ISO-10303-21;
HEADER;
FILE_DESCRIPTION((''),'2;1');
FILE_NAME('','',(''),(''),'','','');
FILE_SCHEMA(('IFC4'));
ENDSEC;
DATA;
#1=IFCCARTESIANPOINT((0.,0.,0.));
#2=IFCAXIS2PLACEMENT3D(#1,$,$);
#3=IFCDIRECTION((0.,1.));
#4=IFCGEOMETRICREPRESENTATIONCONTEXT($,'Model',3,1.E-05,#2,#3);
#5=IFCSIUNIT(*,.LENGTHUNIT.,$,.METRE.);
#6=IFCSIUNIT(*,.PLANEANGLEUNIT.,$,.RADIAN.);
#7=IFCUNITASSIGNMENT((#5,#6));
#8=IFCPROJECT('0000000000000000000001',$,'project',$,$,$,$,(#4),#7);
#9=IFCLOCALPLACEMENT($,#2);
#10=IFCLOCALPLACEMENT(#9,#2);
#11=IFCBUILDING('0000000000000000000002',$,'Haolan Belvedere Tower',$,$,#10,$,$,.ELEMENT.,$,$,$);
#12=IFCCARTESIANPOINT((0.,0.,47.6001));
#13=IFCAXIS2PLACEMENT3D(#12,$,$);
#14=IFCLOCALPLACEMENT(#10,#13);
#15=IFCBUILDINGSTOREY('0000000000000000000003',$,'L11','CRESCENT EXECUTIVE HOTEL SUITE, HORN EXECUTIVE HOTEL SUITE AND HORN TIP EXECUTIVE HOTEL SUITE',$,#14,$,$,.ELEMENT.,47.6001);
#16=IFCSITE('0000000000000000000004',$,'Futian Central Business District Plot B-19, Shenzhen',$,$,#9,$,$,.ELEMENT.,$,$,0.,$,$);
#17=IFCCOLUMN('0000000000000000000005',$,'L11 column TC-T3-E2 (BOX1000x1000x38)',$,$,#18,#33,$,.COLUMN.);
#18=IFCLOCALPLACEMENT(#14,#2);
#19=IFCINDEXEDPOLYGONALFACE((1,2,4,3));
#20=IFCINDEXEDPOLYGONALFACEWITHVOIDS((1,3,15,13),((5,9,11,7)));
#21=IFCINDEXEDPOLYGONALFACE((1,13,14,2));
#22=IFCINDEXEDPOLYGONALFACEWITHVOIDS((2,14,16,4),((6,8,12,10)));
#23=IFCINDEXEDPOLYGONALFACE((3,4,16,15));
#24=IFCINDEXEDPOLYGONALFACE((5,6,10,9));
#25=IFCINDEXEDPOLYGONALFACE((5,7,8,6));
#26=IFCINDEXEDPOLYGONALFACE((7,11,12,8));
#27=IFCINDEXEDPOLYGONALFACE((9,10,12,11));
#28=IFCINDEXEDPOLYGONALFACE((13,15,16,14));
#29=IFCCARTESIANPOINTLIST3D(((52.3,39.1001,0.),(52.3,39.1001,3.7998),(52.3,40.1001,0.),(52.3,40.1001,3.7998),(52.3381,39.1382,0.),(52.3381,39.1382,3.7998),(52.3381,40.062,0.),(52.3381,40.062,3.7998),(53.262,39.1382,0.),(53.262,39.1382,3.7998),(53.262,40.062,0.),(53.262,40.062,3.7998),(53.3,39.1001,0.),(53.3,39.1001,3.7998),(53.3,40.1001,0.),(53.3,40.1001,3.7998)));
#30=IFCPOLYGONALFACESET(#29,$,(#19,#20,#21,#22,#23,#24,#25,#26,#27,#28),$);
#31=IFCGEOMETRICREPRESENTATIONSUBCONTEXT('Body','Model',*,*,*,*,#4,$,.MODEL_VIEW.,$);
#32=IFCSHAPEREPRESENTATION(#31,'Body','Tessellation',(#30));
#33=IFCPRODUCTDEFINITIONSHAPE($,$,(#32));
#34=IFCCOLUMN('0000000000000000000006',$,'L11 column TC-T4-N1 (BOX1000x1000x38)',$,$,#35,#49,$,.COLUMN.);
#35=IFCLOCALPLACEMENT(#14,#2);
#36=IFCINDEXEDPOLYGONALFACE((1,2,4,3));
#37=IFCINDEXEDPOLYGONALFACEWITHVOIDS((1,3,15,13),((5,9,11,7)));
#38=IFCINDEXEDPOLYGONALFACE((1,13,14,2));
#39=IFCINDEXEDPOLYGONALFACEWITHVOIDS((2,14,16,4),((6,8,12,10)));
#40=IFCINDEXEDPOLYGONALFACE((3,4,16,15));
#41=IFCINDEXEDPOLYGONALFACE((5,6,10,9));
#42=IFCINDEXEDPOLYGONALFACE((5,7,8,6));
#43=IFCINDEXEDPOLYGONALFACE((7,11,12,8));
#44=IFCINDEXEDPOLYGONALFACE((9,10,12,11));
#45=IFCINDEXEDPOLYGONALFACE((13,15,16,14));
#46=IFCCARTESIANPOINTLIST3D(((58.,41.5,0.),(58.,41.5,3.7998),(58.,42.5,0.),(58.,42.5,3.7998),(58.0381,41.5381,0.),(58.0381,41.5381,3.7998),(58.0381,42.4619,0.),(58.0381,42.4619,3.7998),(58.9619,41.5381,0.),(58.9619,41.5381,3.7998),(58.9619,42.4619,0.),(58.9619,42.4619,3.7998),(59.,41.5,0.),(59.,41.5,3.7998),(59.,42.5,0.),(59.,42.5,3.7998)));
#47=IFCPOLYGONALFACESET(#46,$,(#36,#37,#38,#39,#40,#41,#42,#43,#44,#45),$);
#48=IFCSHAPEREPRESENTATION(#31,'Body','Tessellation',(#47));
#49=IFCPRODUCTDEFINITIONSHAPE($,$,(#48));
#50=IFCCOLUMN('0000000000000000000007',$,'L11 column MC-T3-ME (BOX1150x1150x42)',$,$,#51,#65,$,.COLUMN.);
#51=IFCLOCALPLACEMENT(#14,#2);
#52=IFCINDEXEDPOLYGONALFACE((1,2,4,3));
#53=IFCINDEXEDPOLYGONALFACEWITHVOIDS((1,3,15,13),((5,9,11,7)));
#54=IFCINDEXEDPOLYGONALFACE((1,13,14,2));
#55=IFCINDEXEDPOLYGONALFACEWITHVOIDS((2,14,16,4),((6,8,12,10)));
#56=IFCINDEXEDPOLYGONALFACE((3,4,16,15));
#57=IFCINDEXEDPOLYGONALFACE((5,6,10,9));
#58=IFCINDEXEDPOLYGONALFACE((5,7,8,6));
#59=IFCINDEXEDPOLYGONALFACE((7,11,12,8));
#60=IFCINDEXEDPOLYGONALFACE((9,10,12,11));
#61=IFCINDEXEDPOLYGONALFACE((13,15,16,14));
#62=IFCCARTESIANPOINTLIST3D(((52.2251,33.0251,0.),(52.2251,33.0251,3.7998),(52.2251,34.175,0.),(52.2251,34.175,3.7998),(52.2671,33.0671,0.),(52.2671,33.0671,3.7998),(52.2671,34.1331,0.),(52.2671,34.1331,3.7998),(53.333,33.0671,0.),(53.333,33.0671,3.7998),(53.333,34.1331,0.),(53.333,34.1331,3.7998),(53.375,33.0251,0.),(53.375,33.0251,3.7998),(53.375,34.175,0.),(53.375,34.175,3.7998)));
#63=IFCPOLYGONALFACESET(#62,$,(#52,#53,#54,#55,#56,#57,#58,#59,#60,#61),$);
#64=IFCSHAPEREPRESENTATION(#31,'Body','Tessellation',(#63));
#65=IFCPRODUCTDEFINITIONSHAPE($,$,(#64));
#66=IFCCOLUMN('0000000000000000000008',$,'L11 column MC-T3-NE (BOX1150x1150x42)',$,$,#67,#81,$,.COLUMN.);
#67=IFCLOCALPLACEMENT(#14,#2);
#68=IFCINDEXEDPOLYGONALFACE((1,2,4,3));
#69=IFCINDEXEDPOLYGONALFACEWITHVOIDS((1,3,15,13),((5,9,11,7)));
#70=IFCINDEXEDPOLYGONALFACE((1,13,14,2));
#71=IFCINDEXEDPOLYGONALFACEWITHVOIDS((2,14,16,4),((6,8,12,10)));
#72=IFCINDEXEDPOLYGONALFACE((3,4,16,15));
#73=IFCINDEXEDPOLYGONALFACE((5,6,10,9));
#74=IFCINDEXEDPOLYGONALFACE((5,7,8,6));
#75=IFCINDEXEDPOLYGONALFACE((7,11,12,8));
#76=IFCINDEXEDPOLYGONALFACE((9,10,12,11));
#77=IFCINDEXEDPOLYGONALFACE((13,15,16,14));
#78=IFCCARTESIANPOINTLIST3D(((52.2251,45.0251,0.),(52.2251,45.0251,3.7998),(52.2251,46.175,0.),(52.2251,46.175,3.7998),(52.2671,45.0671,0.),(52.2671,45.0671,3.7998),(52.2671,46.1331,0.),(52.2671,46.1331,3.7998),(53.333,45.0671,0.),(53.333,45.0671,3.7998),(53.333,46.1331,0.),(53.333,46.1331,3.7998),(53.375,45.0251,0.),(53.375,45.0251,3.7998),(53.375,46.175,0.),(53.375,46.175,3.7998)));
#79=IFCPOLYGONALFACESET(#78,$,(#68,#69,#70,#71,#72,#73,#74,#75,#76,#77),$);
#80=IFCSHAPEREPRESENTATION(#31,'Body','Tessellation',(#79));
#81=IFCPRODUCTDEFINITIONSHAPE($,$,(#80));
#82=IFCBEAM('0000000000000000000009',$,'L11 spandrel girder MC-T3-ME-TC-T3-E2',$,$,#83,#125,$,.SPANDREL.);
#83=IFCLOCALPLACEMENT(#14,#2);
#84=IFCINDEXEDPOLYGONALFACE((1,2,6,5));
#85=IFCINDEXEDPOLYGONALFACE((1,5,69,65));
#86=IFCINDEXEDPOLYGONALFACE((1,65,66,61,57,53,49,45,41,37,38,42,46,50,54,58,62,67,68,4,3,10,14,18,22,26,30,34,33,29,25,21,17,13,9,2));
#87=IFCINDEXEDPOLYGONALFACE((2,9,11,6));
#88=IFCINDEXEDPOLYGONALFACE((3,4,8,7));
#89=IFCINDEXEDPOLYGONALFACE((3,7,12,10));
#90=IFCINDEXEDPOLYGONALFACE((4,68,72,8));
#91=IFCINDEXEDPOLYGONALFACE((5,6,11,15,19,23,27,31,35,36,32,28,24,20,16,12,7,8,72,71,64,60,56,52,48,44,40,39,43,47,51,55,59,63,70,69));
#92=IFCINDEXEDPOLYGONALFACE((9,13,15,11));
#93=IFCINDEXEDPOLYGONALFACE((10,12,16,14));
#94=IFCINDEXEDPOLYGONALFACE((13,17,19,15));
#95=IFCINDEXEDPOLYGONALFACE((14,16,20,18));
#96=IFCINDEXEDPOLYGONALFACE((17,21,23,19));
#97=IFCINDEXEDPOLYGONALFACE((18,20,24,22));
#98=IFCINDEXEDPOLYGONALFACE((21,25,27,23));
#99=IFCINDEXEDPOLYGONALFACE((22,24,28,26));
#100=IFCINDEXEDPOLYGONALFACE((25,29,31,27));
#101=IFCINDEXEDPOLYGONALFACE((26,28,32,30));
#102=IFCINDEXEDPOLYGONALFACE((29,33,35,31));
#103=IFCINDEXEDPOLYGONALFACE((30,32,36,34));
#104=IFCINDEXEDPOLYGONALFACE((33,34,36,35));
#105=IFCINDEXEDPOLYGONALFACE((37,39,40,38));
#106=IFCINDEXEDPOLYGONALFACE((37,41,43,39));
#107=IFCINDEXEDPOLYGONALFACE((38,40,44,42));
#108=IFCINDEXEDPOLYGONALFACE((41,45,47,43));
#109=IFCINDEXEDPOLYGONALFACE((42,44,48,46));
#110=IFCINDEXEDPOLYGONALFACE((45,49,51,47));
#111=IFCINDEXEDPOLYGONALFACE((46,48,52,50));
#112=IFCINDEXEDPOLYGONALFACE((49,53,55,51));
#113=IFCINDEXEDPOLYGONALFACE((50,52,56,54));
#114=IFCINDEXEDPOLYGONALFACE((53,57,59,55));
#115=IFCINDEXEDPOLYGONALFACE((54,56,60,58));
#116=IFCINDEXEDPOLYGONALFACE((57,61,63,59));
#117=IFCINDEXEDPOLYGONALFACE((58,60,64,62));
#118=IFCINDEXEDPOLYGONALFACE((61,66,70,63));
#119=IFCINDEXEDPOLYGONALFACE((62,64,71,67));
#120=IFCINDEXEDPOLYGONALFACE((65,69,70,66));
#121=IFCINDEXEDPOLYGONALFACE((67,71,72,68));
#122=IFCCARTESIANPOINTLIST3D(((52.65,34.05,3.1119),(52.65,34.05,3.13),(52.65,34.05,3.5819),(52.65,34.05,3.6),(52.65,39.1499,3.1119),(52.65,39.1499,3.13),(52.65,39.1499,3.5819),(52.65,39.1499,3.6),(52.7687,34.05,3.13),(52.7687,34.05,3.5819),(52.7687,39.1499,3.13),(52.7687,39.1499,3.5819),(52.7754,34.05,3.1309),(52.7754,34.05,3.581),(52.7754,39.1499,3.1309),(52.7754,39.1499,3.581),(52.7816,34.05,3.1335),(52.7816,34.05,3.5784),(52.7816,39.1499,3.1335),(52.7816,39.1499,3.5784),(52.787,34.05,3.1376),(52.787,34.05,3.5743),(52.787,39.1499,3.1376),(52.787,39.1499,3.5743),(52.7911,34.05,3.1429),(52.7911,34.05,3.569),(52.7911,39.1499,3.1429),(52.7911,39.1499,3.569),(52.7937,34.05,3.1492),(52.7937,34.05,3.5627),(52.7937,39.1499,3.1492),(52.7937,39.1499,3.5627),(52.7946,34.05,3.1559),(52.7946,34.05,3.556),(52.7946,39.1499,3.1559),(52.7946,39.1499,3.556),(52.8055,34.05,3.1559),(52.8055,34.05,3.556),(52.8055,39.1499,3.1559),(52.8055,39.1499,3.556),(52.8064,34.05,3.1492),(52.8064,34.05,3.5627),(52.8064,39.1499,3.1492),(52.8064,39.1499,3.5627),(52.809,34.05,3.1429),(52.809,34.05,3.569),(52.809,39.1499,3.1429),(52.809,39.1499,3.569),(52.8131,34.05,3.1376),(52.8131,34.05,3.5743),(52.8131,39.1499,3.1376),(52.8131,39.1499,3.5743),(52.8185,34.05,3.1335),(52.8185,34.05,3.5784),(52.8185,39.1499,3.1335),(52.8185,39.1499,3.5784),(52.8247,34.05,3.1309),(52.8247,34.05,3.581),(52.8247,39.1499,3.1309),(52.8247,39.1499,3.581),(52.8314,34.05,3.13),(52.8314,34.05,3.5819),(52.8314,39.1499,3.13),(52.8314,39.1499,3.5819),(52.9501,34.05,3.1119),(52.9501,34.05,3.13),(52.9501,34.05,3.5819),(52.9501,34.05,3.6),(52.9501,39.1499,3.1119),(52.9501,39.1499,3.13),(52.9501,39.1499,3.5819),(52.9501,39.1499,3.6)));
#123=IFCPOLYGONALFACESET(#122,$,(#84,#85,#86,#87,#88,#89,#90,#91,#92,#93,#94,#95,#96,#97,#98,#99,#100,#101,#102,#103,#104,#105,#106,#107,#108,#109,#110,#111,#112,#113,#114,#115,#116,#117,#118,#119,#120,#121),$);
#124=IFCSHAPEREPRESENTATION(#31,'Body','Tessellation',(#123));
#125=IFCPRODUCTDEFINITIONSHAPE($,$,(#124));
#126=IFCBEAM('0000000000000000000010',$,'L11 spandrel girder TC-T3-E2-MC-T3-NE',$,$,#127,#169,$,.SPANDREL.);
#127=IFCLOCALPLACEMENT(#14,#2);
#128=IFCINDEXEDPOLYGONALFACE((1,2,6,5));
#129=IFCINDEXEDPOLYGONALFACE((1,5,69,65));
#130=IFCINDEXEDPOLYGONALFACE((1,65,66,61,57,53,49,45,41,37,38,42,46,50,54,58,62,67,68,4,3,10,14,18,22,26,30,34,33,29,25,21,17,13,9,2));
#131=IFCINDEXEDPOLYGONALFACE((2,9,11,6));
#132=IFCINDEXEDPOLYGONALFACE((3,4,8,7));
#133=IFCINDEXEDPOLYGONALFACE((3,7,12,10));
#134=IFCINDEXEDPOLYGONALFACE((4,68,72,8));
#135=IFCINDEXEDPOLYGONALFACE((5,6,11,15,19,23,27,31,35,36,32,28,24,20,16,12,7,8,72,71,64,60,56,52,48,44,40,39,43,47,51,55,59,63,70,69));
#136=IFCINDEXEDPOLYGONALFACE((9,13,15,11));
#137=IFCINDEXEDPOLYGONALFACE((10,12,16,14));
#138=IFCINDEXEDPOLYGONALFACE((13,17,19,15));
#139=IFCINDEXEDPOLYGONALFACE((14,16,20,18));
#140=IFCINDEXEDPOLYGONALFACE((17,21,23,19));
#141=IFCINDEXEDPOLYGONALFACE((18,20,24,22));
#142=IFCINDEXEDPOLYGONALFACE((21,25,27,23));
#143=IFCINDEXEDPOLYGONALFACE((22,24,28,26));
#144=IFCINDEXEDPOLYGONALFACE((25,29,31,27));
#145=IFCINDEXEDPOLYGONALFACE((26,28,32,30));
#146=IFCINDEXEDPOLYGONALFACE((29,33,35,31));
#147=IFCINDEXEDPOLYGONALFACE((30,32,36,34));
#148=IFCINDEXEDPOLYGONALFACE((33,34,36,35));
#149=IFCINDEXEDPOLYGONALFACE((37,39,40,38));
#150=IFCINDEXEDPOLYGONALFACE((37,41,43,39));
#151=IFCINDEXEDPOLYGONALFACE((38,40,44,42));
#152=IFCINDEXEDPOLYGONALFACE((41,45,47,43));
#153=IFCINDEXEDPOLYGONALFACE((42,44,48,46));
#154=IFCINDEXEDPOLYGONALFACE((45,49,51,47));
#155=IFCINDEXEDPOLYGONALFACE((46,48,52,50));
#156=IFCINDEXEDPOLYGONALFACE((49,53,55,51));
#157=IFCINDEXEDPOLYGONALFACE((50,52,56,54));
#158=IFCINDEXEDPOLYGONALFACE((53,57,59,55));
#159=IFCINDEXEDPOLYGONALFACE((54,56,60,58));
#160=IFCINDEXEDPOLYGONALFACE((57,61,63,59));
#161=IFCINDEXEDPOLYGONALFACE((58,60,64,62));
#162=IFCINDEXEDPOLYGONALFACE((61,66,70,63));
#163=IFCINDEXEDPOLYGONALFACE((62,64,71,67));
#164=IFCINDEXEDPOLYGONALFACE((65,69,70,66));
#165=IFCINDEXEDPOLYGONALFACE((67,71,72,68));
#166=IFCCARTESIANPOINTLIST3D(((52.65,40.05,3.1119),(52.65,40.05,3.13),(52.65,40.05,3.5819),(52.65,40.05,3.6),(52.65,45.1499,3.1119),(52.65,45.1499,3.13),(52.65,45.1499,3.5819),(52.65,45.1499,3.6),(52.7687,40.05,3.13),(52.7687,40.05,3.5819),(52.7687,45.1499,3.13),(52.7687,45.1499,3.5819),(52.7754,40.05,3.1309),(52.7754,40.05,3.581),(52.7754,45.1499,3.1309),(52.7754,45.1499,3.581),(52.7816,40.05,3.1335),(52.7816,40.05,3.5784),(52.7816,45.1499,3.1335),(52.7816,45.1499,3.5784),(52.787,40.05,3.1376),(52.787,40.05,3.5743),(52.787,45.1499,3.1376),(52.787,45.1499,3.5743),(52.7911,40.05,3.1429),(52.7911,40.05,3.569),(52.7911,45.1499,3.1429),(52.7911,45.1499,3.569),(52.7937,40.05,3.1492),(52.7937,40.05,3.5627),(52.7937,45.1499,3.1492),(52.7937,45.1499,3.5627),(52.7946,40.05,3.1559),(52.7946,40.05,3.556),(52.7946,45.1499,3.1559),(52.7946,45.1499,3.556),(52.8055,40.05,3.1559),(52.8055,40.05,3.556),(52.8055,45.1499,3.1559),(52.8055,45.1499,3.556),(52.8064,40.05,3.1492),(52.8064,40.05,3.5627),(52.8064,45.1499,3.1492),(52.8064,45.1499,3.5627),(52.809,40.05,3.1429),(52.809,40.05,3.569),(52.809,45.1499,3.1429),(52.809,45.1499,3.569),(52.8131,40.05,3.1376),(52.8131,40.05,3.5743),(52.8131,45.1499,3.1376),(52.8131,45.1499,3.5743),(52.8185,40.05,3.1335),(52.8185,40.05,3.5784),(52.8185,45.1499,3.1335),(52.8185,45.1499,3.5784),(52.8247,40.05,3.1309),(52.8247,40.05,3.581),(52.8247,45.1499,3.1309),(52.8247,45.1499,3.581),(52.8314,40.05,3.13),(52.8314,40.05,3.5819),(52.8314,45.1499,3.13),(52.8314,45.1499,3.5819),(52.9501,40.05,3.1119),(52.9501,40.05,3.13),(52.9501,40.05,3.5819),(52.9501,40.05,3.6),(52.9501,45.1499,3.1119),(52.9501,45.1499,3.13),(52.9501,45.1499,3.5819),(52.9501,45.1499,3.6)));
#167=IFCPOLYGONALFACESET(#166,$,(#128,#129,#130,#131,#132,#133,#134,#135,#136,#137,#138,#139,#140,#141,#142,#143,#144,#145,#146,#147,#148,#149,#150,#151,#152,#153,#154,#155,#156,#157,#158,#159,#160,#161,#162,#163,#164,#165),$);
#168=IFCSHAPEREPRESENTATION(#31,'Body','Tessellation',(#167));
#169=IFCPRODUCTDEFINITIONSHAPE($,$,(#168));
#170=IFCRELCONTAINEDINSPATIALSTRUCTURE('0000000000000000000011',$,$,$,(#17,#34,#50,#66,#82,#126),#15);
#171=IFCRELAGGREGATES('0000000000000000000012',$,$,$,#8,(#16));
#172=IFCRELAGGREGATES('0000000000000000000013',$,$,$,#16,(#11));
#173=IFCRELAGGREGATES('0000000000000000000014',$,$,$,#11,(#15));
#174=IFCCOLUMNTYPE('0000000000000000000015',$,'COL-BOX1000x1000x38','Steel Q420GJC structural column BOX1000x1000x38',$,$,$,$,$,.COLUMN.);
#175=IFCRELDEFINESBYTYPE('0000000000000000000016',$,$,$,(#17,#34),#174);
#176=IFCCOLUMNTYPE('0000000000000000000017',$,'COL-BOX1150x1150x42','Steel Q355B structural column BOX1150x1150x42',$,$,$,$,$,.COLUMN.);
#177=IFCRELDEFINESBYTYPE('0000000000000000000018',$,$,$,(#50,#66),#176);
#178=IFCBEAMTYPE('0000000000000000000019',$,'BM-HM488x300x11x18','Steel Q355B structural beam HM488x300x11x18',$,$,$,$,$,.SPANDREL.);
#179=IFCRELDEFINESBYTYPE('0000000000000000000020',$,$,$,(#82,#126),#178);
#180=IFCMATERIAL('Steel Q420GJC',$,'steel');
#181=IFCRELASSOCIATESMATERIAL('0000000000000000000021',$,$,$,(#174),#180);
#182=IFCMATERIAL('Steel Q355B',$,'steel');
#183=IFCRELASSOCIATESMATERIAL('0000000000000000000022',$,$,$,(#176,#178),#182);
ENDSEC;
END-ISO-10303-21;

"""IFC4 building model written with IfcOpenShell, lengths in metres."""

from ifc_helpers import new_model, si_unit, direction, frame, origin, origin_2d, place, context, subcontext, project, spatial, hollow_rectangle, i_section, extrude, material, material_profile, profile_set, type_object, element, save


model = new_model("IFC4")

# Units and contexts
model_context = context("Model", 3, precision=1e-05, world=origin(), true_north=direction((0.0, 1.0)))
body_context = subcontext(model_context, "Body", "Model", "MODEL_VIEW")
ifc_project = project(units=[si_unit("LENGTHUNIT", "METRE"), si_unit("PLANEANGLEUNIT", "RADIAN")], contexts=[model_context])

# Site, building, storey
site_placement = place(None, origin())
site = spatial("IfcSite", under=ifc_project, at=site_placement, Name="Futian Central Business District Plot B-19, Shenzhen", CompositionType="ELEMENT", RefElevation=0.0)
building_placement = place(site_placement, origin())
building = spatial("IfcBuilding", under=site, at=building_placement, Name="Haolan Belvedere Tower", CompositionType="ELEMENT")
storey_placement = place(building_placement, frame((0.0, 0.0, 47.6001)))
storey = spatial("IfcBuildingStorey", under=building, at=storey_placement, Name="L11", Description="CRESCENT EXECUTIVE HOTEL SUITE, HORN EXECUTIVE HOTEL SUITE AND HORN TIP EXECUTIVE HOTEL SUITE", CompositionType="ELEMENT", Elevation=47.6001)

# Columns
ifc_material_1 = material(Name="Steel Q420GJC", Category="steel")
ifc_material_profile_1 = material_profile(ifc_material_1, hollow_rectangle(XDim=1.0, YDim=1.0, WallThickness=0.0381, at=origin_2d()), Name="Steel Q420GJC")
ifc_profile_set_1 = profile_set([ifc_material_profile_1], Name="Steel Q420GJC")
column_type_1 = type_object("IfcColumnType", Name="COL-BOX1000x1000x38", Description="Steel Q420GJC structural column BOX1000x1000x38", PredefinedType="COLUMN", material=ifc_profile_set_1)
for number, where, z_axis, x_axis, name in (
    (1, (52.8, 39.6001, 0.0), (0.0, 0.0, 1.0), (1.0, 0.0, 0.0), "L11 column TC-T3-E2 (BOX1000x1000x38)"),
    (2, (58.5, 42.0, 0.0), (0.0, 0.0, 1.0), (1.0, 0.0, 0.0), "L11 column TC-T4-N1 (BOX1000x1000x38)"),
):
    element("IfcColumn", number, at=place(storey_placement, frame(where, z_axis=z_axis, x_axis=x_axis)), inside=storey, type_object=column_type_1, Name=name, PredefinedType="COLUMN", context=body_context, shape_type="SweptSolid", body=[
        extrude(hollow_rectangle(XDim=1.0, YDim=1.0, WallThickness=0.0381, at=origin_2d()), origin(), (0.0, 0.0, 1.0), 3.7998),
    ])
ifc_material_2 = material(Name="Steel Q355B", Category="steel")
ifc_material_profile_2 = material_profile(ifc_material_2, hollow_rectangle(XDim=1.1499, YDim=1.1499, WallThickness=0.042, at=origin_2d()), Name="Steel Q355B")
ifc_profile_set_2 = profile_set([ifc_material_profile_2], Name="Steel Q355B")
column_type_2 = type_object("IfcColumnType", Name="COL-BOX1150x1150x42", Description="Steel Q355B structural column BOX1150x1150x42", PredefinedType="COLUMN", material=ifc_profile_set_2)
for number, where, z_axis, x_axis, name in (
    (3, (52.8, 33.6001, 0.0), (0.0, 0.0, 1.0), (1.0, 0.0, 0.0), "L11 column MC-T3-ME (BOX1150x1150x42)"),
    (4, (52.8, 45.6001, 0.0), (0.0, 0.0, 1.0), (1.0, 0.0, 0.0), "L11 column MC-T3-NE (BOX1150x1150x42)"),
):
    element("IfcColumn", number, at=place(storey_placement, frame(where, z_axis=z_axis, x_axis=x_axis)), inside=storey, type_object=column_type_2, Name=name, PredefinedType="COLUMN", context=body_context, shape_type="SweptSolid", body=[
        extrude(hollow_rectangle(XDim=1.1499, YDim=1.1499, WallThickness=0.042, at=origin_2d()), origin(), (0.0, 0.0, 1.0), 3.7998),
    ])

# Beams
ifc_material_profile_3 = material_profile(ifc_material_2, i_section(OverallWidth=0.3, OverallDepth=0.488, WebThickness=0.011, FlangeThickness=0.0181, FilletRadius=0.0259, at=origin_2d()), Name="Steel Q355B")
ifc_profile_set_3 = profile_set([ifc_material_profile_3], Name="Steel Q355B")
beam_type = type_object("IfcBeamType", Name="BM-HM488x300x11x18", Description="Steel Q355B structural beam HM488x300x11x18", PredefinedType="SPANDREL", material=ifc_profile_set_3)
for number, where, z_axis, x_axis, name in (
    (5, (52.8, 34.05, 3.356), (0.0, 1.0, 0.0), (-1.0, 0.0, 0.0), "L11 spandrel girder MC-T3-ME-TC-T3-E2"),
    (6, (52.8, 40.05, 3.356), (0.0, 1.0, 0.0), (-1.0, 0.0, 0.0), "L11 spandrel girder TC-T3-E2-MC-T3-NE"),
):
    element("IfcBeam", number, at=place(storey_placement, frame(where, z_axis=z_axis, x_axis=x_axis)), inside=storey, type_object=beam_type, Name=name, PredefinedType="SPANDREL", context=body_context, shape_type="SweptSolid", body=[
        extrude(i_section(OverallWidth=0.3, OverallDepth=0.488, WebThickness=0.011, FlangeThickness=0.0181, FilletRadius=0.0259, at=origin_2d()), origin(), (0.0, 0.0, 1.0), 5.0999),
    ])

save(model, "model.ifc")
